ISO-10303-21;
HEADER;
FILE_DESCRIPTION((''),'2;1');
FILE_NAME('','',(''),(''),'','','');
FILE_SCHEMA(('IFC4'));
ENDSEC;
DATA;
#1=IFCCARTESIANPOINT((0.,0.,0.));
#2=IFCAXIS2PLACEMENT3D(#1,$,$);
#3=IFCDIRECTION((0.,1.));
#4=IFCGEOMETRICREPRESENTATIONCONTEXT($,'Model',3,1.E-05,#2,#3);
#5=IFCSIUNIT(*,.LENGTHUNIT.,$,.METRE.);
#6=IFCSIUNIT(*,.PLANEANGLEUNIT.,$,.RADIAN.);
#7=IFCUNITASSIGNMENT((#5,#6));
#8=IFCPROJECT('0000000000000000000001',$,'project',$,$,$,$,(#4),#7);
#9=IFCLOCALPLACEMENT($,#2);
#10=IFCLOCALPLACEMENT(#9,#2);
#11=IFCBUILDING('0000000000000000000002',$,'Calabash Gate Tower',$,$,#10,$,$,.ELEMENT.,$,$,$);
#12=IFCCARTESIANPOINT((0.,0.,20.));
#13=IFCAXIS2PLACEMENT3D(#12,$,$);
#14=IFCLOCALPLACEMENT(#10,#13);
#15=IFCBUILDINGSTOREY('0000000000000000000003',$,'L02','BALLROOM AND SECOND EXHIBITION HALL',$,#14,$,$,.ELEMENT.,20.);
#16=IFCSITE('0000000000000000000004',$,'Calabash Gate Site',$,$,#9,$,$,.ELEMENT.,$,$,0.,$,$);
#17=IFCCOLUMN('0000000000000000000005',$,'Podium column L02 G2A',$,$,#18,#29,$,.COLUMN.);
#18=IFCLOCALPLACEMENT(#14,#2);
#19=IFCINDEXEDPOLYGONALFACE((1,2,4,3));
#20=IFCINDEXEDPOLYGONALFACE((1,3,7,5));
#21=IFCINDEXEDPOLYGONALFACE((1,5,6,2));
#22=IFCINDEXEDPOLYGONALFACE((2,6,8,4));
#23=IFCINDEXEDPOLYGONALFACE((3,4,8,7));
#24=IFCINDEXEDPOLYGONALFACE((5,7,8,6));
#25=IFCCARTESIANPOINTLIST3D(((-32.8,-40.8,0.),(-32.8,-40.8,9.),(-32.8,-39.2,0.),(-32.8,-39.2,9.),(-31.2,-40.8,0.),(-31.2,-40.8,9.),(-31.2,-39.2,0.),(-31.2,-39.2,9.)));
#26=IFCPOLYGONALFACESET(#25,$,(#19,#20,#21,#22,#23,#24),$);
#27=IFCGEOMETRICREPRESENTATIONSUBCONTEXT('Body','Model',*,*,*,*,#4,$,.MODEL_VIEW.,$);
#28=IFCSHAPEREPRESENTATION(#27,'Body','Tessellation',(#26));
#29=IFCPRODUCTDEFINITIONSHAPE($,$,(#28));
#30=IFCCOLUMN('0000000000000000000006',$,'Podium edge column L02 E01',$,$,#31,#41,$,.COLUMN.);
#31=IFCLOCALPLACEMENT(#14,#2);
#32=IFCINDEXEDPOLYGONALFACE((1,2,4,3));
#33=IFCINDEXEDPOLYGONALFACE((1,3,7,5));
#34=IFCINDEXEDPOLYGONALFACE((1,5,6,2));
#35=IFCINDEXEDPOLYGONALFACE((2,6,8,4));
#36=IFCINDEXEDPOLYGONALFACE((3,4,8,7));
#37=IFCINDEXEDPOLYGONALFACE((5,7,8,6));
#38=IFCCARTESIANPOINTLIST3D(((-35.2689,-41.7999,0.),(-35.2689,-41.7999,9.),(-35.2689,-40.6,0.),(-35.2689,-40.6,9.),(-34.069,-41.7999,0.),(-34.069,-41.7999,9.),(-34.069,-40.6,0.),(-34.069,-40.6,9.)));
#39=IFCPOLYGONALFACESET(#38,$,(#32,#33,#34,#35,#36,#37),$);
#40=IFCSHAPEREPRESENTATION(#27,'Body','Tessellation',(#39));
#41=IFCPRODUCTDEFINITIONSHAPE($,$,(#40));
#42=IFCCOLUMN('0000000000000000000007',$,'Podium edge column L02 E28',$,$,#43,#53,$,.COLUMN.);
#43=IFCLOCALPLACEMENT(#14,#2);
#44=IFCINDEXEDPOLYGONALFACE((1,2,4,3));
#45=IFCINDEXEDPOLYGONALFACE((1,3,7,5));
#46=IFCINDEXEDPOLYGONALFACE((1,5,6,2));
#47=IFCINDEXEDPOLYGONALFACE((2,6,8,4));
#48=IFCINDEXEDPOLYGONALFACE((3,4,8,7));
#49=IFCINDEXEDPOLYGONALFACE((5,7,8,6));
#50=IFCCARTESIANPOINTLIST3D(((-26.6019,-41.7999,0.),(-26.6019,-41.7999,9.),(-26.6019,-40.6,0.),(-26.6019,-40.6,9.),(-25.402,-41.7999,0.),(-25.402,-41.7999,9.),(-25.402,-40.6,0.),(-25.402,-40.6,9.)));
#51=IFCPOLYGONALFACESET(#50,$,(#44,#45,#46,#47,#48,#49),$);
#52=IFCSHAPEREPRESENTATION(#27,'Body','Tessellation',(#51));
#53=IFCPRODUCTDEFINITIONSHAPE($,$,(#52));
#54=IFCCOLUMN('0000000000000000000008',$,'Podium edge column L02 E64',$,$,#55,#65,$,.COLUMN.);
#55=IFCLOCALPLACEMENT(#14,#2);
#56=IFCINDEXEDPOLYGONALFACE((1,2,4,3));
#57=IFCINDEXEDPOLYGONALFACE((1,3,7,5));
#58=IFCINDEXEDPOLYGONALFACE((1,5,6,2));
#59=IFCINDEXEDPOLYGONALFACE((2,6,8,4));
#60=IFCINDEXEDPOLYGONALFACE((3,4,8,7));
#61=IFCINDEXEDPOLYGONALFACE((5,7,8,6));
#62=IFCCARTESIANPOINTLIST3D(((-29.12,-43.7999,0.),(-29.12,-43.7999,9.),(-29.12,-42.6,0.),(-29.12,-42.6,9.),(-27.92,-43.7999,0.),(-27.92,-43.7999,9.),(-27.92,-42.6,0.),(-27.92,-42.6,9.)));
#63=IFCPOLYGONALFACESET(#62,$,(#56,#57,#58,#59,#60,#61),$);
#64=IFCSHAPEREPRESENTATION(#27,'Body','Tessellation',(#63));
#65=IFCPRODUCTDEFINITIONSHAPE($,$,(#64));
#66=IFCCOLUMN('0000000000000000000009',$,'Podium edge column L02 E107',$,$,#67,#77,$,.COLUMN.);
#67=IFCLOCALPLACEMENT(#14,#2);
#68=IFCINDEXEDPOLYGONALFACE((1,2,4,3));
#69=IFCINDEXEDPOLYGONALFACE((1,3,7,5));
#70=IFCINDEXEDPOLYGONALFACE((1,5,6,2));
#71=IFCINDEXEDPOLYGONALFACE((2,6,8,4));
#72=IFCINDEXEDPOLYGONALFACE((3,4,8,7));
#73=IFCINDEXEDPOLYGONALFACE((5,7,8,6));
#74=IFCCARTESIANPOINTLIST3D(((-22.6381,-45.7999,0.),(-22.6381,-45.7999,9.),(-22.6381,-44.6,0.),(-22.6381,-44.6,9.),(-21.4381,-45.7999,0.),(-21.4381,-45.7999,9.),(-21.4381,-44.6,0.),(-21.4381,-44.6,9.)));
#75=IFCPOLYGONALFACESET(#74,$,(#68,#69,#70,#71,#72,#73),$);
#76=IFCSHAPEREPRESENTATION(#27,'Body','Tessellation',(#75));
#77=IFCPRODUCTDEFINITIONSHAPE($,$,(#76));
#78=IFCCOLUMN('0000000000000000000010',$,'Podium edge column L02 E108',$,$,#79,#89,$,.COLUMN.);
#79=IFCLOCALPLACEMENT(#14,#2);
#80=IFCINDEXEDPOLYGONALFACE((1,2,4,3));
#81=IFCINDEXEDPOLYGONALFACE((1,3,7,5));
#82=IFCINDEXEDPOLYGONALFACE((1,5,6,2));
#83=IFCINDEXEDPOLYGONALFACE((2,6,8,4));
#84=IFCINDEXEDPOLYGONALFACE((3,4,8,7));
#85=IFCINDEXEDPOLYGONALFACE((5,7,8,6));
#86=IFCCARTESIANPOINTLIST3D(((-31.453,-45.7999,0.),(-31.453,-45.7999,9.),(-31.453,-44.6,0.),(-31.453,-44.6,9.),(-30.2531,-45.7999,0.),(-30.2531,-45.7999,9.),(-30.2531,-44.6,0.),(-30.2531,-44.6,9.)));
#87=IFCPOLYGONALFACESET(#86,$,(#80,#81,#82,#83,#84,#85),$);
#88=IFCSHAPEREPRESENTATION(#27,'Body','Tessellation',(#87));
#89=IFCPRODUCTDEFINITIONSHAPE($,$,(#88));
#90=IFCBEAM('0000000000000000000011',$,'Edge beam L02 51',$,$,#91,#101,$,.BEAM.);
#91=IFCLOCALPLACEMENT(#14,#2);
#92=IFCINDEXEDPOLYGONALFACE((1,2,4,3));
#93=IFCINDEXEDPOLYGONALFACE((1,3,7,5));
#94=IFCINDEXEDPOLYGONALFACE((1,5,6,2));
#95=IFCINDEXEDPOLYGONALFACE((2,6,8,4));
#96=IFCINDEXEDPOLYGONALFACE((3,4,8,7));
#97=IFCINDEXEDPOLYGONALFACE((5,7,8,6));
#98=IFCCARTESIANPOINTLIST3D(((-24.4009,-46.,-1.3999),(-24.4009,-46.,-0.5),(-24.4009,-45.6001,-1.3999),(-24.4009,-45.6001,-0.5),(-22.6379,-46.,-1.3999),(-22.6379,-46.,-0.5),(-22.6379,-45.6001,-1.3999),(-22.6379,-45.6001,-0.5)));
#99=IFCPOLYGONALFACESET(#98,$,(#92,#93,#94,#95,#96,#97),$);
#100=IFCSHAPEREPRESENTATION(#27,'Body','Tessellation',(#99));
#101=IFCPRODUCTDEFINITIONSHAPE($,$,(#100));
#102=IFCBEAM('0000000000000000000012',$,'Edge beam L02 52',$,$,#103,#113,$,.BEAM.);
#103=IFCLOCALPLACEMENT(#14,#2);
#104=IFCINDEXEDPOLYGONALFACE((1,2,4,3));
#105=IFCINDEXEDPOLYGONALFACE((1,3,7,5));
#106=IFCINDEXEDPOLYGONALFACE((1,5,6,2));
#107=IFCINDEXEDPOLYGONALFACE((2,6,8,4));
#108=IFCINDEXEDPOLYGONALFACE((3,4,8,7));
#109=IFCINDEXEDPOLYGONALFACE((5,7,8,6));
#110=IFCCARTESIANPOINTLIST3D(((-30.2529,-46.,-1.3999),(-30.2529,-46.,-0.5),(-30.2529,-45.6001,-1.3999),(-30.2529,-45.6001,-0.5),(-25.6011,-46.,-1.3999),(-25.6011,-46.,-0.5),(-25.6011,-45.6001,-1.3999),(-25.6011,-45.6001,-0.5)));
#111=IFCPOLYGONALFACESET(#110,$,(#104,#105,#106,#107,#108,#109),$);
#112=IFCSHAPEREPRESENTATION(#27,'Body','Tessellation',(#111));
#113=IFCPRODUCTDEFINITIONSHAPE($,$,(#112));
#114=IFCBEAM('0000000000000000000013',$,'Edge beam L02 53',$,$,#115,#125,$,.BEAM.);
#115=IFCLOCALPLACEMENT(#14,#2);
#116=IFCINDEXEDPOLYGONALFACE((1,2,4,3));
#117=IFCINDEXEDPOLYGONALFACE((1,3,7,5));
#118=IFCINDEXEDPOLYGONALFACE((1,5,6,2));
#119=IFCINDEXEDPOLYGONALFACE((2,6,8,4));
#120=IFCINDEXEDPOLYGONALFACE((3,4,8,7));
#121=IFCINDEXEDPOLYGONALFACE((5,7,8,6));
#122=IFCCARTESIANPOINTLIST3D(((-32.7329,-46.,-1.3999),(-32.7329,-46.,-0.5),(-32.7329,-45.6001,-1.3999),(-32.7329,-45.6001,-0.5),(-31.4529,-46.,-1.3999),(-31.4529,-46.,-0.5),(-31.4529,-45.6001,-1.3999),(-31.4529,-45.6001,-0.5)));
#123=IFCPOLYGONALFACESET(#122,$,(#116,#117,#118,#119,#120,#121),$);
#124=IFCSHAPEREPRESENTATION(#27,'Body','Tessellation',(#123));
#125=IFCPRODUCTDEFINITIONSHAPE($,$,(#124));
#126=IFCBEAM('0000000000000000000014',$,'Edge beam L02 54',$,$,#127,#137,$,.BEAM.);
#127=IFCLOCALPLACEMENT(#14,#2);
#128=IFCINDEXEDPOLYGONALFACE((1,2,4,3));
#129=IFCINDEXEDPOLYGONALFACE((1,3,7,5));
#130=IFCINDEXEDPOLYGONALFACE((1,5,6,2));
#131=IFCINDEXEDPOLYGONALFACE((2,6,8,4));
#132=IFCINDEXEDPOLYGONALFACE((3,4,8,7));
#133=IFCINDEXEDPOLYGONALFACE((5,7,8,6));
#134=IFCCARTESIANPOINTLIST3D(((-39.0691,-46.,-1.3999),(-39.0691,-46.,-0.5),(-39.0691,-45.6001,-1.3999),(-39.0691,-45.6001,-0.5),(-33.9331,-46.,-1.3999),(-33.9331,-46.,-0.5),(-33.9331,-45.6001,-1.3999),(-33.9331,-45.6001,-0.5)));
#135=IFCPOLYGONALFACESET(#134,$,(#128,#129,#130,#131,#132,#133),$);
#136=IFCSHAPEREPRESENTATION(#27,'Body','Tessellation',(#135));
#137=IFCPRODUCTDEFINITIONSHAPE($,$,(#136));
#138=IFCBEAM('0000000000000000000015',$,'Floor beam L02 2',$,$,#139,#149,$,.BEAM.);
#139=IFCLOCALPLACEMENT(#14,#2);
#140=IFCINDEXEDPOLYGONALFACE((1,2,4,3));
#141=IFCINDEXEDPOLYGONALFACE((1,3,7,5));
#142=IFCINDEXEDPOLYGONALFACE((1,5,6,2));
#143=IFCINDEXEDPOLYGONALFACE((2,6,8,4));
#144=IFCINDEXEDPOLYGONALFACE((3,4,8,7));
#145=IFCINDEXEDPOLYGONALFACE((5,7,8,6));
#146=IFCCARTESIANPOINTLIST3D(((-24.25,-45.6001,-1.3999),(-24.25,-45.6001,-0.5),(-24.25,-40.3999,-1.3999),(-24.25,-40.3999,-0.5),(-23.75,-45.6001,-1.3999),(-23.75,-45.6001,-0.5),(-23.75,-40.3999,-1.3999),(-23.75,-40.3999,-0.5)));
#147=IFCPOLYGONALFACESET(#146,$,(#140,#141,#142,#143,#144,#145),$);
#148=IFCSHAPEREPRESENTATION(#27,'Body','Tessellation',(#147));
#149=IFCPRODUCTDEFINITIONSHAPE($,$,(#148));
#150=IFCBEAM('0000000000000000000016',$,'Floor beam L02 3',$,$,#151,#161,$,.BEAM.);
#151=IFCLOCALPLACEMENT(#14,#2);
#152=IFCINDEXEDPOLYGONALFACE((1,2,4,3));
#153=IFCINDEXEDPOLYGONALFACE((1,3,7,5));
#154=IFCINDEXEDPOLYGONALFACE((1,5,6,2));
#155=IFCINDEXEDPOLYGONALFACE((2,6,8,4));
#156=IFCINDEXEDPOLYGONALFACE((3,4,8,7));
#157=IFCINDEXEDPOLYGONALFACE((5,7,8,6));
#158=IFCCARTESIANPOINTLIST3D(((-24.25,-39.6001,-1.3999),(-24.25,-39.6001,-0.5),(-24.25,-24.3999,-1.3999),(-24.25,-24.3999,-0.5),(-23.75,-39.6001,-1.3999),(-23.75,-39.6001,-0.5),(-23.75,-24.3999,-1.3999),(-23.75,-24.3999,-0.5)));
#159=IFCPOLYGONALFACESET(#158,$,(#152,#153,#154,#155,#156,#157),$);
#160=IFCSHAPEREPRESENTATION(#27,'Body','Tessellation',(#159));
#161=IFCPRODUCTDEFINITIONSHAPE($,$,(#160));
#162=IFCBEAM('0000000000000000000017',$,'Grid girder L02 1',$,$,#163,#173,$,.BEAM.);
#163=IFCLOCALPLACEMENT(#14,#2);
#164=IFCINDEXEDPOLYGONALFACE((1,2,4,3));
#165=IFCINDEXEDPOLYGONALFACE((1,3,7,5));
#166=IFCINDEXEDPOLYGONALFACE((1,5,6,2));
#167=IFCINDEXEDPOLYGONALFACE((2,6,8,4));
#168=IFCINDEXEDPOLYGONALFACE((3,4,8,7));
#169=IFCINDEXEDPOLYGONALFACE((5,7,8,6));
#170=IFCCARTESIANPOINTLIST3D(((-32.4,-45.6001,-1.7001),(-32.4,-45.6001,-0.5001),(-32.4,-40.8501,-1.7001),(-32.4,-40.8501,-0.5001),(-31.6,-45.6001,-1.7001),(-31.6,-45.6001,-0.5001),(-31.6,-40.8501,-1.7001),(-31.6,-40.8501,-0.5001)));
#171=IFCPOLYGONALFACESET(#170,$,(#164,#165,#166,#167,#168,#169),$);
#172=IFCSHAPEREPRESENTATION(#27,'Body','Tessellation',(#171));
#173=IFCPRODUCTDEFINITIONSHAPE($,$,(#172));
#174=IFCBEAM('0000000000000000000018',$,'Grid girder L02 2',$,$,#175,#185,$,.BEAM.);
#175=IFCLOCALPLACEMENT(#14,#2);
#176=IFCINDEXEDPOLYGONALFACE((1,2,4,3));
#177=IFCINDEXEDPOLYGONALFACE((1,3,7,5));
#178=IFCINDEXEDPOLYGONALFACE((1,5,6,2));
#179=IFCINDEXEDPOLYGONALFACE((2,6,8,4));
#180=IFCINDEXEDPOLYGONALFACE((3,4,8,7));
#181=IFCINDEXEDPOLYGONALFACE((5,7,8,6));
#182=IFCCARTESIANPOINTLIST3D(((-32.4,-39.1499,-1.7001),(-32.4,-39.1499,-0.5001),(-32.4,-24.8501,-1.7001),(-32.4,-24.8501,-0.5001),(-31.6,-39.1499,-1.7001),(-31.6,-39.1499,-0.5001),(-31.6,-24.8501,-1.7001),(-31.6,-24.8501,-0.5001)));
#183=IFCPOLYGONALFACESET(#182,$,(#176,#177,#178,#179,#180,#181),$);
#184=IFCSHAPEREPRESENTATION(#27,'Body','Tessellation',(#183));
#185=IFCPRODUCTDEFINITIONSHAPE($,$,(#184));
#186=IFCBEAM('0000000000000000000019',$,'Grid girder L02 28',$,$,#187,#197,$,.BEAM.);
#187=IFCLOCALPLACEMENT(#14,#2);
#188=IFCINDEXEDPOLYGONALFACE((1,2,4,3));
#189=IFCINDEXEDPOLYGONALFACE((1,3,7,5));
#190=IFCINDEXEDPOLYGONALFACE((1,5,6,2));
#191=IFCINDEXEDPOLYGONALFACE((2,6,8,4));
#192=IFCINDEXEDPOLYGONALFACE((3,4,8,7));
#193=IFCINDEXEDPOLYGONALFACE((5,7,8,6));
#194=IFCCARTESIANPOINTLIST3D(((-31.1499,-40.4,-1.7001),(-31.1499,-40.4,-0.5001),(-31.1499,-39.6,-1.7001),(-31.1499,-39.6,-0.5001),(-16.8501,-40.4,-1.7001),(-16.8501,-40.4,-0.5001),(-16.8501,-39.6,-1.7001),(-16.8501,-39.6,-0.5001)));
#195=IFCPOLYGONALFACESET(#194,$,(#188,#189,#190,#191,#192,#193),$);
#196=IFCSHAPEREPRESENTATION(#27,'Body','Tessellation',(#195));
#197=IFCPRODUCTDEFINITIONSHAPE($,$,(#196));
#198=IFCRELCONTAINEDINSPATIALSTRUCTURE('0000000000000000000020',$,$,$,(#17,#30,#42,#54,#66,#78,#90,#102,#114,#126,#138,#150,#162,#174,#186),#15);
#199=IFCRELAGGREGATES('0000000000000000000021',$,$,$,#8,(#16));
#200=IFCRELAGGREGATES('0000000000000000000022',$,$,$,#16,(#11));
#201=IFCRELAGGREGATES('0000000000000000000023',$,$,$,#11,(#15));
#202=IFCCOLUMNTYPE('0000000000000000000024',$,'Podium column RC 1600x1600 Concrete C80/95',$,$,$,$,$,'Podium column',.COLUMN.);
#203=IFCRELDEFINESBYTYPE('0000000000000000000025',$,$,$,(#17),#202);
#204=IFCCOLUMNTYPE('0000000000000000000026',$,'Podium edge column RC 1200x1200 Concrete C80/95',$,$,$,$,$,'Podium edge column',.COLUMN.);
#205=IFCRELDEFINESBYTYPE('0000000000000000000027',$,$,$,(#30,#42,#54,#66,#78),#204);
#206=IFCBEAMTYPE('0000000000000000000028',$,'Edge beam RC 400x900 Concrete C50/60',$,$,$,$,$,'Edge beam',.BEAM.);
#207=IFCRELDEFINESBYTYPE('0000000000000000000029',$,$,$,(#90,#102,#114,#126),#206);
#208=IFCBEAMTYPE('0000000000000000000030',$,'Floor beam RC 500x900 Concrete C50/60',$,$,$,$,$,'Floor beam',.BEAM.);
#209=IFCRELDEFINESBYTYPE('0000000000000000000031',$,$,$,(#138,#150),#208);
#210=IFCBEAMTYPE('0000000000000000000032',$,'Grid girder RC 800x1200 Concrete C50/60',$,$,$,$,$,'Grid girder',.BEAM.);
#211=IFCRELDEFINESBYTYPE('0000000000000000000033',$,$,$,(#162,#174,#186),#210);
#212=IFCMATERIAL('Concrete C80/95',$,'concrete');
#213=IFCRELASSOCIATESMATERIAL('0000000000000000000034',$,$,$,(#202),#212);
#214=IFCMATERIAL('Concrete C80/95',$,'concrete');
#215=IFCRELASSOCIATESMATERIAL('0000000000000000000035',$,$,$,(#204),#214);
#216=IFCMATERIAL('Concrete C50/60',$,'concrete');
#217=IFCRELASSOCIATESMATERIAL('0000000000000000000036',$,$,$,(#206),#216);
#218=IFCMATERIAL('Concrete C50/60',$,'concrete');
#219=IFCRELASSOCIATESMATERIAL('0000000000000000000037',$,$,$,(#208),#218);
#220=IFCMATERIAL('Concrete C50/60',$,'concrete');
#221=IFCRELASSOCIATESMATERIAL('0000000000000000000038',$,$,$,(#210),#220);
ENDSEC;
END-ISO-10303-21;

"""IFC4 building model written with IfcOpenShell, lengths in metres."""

from ifc_helpers import new_model, si_unit, direction, frame, origin, origin_2d, place, context, subcontext, project, spatial, rectangle, extrude, material, material_profile, profile_set, type_object, element, save


model = new_model("IFC4")

# Units and contexts
model_context = context("Model", 3, precision=1e-05, world=origin(), true_north=direction((0.0, 1.0)))
body_context = subcontext(model_context, "Body", "Model", "MODEL_VIEW")
ifc_project = project(units=[si_unit("LENGTHUNIT", "METRE"), si_unit("PLANEANGLEUNIT", "RADIAN")], contexts=[model_context])

# Site, building, storey
site_placement = place(None, origin())
site = spatial("IfcSite", under=ifc_project, at=site_placement, Name="Calabash Gate Site", CompositionType="ELEMENT", RefElevation=0.0)
building_placement = place(site_placement, origin())
building = spatial("IfcBuilding", under=site, at=building_placement, Name="Calabash Gate Tower", CompositionType="ELEMENT")
storey_placement = place(building_placement, frame((0.0, 0.0, 20.0)))
storey = spatial("IfcBuildingStorey", under=building, at=storey_placement, Name="L02", Description="BALLROOM AND SECOND EXHIBITION HALL", CompositionType="ELEMENT", Elevation=20.0)

# Columns
ifc_material_1 = material(Name="Concrete C80/95", Category="concrete")
ifc_material_profile_1 = material_profile(ifc_material_1, rectangle(XDim=1.6001, YDim=1.6001, at=origin_2d()))
ifc_profile_set_1 = profile_set([ifc_material_profile_1], Name="Concrete C80/95")
column_type_1 = type_object("IfcColumnType", Name="Podium column RC 1600x1600 Concrete C80/95", ElementType="Podium column", PredefinedType="COLUMN", material=ifc_profile_set_1)
column_placement = place(storey_placement, frame((-32.0, -40.0, 0.0), z_axis=(0.0, 0.0, 1.0), x_axis=(1.0, 0.0, 0.0)))
element("IfcColumn", 1, at=column_placement, inside=storey, type_object=column_type_1, Name="Podium column L02 G2A", PredefinedType="COLUMN", context=body_context, shape_type="SweptSolid", body=[
    extrude(rectangle(XDim=1.6001, YDim=1.6001, at=origin_2d()), origin(), (0.0, 0.0, 1.0), 9.0),
])
ifc_material_2 = material(Name="Concrete C80/95", Category="concrete")
ifc_material_profile_2 = material_profile(ifc_material_2, rectangle(XDim=1.2, YDim=1.2, at=origin_2d()))
ifc_profile_set_2 = profile_set([ifc_material_profile_2], Name="Concrete C80/95")
column_type_2 = type_object("IfcColumnType", Name="Podium edge column RC 1200x1200 Concrete C80/95", ElementType="Podium edge column", PredefinedType="COLUMN", material=ifc_profile_set_2)
for number, where, z_axis, x_axis, name in (
    (2, (-34.6689, -41.2, 0.0), (0.0, 0.0, 1.0), (1.0, 0.0, 0.0), "Podium edge column L02 E01"),
    (3, (-26.002, -41.2, 0.0), (0.0, 0.0, 1.0), (1.0, 0.0, 0.0), "Podium edge column L02 E28"),
    (4, (-28.52, -43.2, 0.0), (0.0, 0.0, 1.0), (1.0, 0.0, 0.0), "Podium edge column L02 E64"),
    (5, (-22.0381, -45.2, 0.0), (0.0, 0.0, 1.0), (1.0, 0.0, 0.0), "Podium edge column L02 E107"),
    (6, (-30.853, -45.2, 0.0), (0.0, 0.0, 1.0), (1.0, 0.0, 0.0), "Podium edge column L02 E108"),
):
    element("IfcColumn", number, at=place(storey_placement, frame(where, z_axis=z_axis, x_axis=x_axis)), inside=storey, type_object=column_type_2, Name=name, PredefinedType="COLUMN", context=body_context, shape_type="SweptSolid", body=[
        extrude(rectangle(XDim=1.2, YDim=1.2, at=origin_2d()), origin(), (0.0, 0.0, 1.0), 9.0),
    ])

# Beams
ifc_material_3 = material(Name="Concrete C50/60", Category="concrete")
ifc_material_profile_3 = material_profile(ifc_material_3, rectangle(XDim=0.3999, YDim=0.8999, at=origin_2d()))
ifc_profile_set_3 = profile_set([ifc_material_profile_3], Name="Concrete C50/60")
beam_type_1 = type_object("IfcBeamType", Name="Edge beam RC 400x900 Concrete C50/60", ElementType="Edge beam", PredefinedType="BEAM", material=ifc_profile_set_3)
beam_1_placement = place(storey_placement, frame((-22.6379, -45.8, -0.95), z_axis=(-1.0, 0.0, 0.0), x_axis=(0.0, -1.0, 0.0)))
element("IfcBeam", 7, at=beam_1_placement, inside=storey, type_object=beam_type_1, Name="Edge beam L02 51", PredefinedType="BEAM", context=body_context, shape_type="SweptSolid", body=[
    extrude(rectangle(XDim=0.3999, YDim=0.8999, at=origin_2d()), origin(), (0.0, 0.0, 1.0), 1.7629),
])
beam_2_placement = place(storey_placement, frame((-25.6011, -45.8, -0.95), z_axis=(-1.0, 0.0, 0.0), x_axis=(0.0, -1.0, 0.0)))
element("IfcBeam", 8, at=beam_2_placement, inside=storey, type_object=beam_type_1, Name="Edge beam L02 52", PredefinedType="BEAM", context=body_context, shape_type="SweptSolid", body=[
    extrude(rectangle(XDim=0.3999, YDim=0.8999, at=origin_2d()), origin(), (0.0, 0.0, 1.0), 4.6519),
])
beam_3_placement = place(storey_placement, frame((-31.4529, -45.8, -0.95), z_axis=(-1.0, 0.0, 0.0), x_axis=(0.0, -1.0, 0.0)))
element("IfcBeam", 9, at=beam_3_placement, inside=storey, type_object=beam_type_1, Name="Edge beam L02 53", PredefinedType="BEAM", context=body_context, shape_type="SweptSolid", body=[
    extrude(rectangle(XDim=0.3999, YDim=0.8999, at=origin_2d()), origin(), (0.0, 0.0, 1.0), 1.28),
])
beam_4_placement = place(storey_placement, frame((-33.9331, -45.8, -0.95), z_axis=(-1.0, 0.0, 0.0), x_axis=(0.0, -1.0, 0.0)))
element("IfcBeam", 10, at=beam_4_placement, inside=storey, type_object=beam_type_1, Name="Edge beam L02 54", PredefinedType="BEAM", context=body_context, shape_type="SweptSolid", body=[
    extrude(rectangle(XDim=0.3999, YDim=0.8999, at=origin_2d()), origin(), (0.0, 0.0, 1.0), 5.136),
])
ifc_material_4 = material(Name="Concrete C50/60", Category="concrete")
ifc_material_profile_4 = material_profile(ifc_material_4, rectangle(XDim=0.5, YDim=0.8999, at=origin_2d()))
ifc_profile_set_4 = profile_set([ifc_material_profile_4], Name="Concrete C50/60")
beam_type_2 = type_object("IfcBeamType", Name="Floor beam RC 500x900 Concrete C50/60", ElementType="Floor beam", PredefinedType="BEAM", material=ifc_profile_set_4)
beam_5_placement = place(storey_placement, frame((-24.0, -45.6001, -0.95), z_axis=(0.0, 1.0, 0.0), x_axis=(-1.0, 0.0, 0.0)))
element("IfcBeam", 11, at=beam_5_placement, inside=storey, type_object=beam_type_2, Name="Floor beam L02 2", PredefinedType="BEAM", context=body_context, shape_type="SweptSolid", body=[
    extrude(rectangle(XDim=0.5, YDim=0.8999, at=origin_2d()), origin(), (0.0, 0.0, 1.0), 5.2002),
])
beam_6_placement = place(storey_placement, frame((-24.0, -39.6001, -0.95), z_axis=(0.0, 1.0, 0.0), x_axis=(-1.0, 0.0, 0.0)))
element("IfcBeam", 12, at=beam_6_placement, inside=storey, type_object=beam_type_2, Name="Floor beam L02 3", PredefinedType="BEAM", context=body_context, shape_type="SweptSolid", body=[
    extrude(rectangle(XDim=0.5, YDim=0.8999, at=origin_2d()), origin(), (0.0, 0.0, 1.0), 15.2002),
])
ifc_material_5 = material(Name="Concrete C50/60", Category="concrete")
ifc_material_profile_5 = material_profile(ifc_material_5, rectangle(XDim=0.8, YDim=1.2, at=origin_2d()))
ifc_profile_set_5 = profile_set([ifc_material_profile_5], Name="Concrete C50/60")
beam_type_3 = type_object("IfcBeamType", Name="Grid girder RC 800x1200 Concrete C50/60", ElementType="Grid girder", PredefinedType="BEAM", material=ifc_profile_set_5)
beam_7_placement = place(storey_placement, frame((-32.0, -45.6001, -1.1001), z_axis=(0.0, 1.0, 0.0), x_axis=(-1.0, 0.0, 0.0)))
element("IfcBeam", 13, at=beam_7_placement, inside=storey, type_object=beam_type_3, Name="Grid girder L02 1", PredefinedType="BEAM", context=body_context, shape_type="SweptSolid", body=[
    extrude(rectangle(XDim=0.8, YDim=1.2, at=origin_2d()), origin(), (0.0, 0.0, 1.0), 4.75),
])
for number, where, z_axis, x_axis, name in (
    (14, (-32.0, -39.1499, -1.1001), (0.0, 1.0, 0.0), (-1.0, 0.0, 0.0), "Grid girder L02 2"),
    (15, (-31.1499, -40.0, -1.1001), (1.0, 0.0, 0.0), (0.0, 1.0, 0.0), "Grid girder L02 28"),
):
    element("IfcBeam", number, at=place(storey_placement, frame(where, z_axis=z_axis, x_axis=x_axis)), inside=storey, type_object=beam_type_3, Name=name, PredefinedType="BEAM", context=body_context, shape_type="SweptSolid", body=[
        extrude(rectangle(XDim=0.8, YDim=1.2, at=origin_2d()), origin(), (0.0, 0.0, 1.0), 14.2998),
    ])

save(model, "model.ifc")
